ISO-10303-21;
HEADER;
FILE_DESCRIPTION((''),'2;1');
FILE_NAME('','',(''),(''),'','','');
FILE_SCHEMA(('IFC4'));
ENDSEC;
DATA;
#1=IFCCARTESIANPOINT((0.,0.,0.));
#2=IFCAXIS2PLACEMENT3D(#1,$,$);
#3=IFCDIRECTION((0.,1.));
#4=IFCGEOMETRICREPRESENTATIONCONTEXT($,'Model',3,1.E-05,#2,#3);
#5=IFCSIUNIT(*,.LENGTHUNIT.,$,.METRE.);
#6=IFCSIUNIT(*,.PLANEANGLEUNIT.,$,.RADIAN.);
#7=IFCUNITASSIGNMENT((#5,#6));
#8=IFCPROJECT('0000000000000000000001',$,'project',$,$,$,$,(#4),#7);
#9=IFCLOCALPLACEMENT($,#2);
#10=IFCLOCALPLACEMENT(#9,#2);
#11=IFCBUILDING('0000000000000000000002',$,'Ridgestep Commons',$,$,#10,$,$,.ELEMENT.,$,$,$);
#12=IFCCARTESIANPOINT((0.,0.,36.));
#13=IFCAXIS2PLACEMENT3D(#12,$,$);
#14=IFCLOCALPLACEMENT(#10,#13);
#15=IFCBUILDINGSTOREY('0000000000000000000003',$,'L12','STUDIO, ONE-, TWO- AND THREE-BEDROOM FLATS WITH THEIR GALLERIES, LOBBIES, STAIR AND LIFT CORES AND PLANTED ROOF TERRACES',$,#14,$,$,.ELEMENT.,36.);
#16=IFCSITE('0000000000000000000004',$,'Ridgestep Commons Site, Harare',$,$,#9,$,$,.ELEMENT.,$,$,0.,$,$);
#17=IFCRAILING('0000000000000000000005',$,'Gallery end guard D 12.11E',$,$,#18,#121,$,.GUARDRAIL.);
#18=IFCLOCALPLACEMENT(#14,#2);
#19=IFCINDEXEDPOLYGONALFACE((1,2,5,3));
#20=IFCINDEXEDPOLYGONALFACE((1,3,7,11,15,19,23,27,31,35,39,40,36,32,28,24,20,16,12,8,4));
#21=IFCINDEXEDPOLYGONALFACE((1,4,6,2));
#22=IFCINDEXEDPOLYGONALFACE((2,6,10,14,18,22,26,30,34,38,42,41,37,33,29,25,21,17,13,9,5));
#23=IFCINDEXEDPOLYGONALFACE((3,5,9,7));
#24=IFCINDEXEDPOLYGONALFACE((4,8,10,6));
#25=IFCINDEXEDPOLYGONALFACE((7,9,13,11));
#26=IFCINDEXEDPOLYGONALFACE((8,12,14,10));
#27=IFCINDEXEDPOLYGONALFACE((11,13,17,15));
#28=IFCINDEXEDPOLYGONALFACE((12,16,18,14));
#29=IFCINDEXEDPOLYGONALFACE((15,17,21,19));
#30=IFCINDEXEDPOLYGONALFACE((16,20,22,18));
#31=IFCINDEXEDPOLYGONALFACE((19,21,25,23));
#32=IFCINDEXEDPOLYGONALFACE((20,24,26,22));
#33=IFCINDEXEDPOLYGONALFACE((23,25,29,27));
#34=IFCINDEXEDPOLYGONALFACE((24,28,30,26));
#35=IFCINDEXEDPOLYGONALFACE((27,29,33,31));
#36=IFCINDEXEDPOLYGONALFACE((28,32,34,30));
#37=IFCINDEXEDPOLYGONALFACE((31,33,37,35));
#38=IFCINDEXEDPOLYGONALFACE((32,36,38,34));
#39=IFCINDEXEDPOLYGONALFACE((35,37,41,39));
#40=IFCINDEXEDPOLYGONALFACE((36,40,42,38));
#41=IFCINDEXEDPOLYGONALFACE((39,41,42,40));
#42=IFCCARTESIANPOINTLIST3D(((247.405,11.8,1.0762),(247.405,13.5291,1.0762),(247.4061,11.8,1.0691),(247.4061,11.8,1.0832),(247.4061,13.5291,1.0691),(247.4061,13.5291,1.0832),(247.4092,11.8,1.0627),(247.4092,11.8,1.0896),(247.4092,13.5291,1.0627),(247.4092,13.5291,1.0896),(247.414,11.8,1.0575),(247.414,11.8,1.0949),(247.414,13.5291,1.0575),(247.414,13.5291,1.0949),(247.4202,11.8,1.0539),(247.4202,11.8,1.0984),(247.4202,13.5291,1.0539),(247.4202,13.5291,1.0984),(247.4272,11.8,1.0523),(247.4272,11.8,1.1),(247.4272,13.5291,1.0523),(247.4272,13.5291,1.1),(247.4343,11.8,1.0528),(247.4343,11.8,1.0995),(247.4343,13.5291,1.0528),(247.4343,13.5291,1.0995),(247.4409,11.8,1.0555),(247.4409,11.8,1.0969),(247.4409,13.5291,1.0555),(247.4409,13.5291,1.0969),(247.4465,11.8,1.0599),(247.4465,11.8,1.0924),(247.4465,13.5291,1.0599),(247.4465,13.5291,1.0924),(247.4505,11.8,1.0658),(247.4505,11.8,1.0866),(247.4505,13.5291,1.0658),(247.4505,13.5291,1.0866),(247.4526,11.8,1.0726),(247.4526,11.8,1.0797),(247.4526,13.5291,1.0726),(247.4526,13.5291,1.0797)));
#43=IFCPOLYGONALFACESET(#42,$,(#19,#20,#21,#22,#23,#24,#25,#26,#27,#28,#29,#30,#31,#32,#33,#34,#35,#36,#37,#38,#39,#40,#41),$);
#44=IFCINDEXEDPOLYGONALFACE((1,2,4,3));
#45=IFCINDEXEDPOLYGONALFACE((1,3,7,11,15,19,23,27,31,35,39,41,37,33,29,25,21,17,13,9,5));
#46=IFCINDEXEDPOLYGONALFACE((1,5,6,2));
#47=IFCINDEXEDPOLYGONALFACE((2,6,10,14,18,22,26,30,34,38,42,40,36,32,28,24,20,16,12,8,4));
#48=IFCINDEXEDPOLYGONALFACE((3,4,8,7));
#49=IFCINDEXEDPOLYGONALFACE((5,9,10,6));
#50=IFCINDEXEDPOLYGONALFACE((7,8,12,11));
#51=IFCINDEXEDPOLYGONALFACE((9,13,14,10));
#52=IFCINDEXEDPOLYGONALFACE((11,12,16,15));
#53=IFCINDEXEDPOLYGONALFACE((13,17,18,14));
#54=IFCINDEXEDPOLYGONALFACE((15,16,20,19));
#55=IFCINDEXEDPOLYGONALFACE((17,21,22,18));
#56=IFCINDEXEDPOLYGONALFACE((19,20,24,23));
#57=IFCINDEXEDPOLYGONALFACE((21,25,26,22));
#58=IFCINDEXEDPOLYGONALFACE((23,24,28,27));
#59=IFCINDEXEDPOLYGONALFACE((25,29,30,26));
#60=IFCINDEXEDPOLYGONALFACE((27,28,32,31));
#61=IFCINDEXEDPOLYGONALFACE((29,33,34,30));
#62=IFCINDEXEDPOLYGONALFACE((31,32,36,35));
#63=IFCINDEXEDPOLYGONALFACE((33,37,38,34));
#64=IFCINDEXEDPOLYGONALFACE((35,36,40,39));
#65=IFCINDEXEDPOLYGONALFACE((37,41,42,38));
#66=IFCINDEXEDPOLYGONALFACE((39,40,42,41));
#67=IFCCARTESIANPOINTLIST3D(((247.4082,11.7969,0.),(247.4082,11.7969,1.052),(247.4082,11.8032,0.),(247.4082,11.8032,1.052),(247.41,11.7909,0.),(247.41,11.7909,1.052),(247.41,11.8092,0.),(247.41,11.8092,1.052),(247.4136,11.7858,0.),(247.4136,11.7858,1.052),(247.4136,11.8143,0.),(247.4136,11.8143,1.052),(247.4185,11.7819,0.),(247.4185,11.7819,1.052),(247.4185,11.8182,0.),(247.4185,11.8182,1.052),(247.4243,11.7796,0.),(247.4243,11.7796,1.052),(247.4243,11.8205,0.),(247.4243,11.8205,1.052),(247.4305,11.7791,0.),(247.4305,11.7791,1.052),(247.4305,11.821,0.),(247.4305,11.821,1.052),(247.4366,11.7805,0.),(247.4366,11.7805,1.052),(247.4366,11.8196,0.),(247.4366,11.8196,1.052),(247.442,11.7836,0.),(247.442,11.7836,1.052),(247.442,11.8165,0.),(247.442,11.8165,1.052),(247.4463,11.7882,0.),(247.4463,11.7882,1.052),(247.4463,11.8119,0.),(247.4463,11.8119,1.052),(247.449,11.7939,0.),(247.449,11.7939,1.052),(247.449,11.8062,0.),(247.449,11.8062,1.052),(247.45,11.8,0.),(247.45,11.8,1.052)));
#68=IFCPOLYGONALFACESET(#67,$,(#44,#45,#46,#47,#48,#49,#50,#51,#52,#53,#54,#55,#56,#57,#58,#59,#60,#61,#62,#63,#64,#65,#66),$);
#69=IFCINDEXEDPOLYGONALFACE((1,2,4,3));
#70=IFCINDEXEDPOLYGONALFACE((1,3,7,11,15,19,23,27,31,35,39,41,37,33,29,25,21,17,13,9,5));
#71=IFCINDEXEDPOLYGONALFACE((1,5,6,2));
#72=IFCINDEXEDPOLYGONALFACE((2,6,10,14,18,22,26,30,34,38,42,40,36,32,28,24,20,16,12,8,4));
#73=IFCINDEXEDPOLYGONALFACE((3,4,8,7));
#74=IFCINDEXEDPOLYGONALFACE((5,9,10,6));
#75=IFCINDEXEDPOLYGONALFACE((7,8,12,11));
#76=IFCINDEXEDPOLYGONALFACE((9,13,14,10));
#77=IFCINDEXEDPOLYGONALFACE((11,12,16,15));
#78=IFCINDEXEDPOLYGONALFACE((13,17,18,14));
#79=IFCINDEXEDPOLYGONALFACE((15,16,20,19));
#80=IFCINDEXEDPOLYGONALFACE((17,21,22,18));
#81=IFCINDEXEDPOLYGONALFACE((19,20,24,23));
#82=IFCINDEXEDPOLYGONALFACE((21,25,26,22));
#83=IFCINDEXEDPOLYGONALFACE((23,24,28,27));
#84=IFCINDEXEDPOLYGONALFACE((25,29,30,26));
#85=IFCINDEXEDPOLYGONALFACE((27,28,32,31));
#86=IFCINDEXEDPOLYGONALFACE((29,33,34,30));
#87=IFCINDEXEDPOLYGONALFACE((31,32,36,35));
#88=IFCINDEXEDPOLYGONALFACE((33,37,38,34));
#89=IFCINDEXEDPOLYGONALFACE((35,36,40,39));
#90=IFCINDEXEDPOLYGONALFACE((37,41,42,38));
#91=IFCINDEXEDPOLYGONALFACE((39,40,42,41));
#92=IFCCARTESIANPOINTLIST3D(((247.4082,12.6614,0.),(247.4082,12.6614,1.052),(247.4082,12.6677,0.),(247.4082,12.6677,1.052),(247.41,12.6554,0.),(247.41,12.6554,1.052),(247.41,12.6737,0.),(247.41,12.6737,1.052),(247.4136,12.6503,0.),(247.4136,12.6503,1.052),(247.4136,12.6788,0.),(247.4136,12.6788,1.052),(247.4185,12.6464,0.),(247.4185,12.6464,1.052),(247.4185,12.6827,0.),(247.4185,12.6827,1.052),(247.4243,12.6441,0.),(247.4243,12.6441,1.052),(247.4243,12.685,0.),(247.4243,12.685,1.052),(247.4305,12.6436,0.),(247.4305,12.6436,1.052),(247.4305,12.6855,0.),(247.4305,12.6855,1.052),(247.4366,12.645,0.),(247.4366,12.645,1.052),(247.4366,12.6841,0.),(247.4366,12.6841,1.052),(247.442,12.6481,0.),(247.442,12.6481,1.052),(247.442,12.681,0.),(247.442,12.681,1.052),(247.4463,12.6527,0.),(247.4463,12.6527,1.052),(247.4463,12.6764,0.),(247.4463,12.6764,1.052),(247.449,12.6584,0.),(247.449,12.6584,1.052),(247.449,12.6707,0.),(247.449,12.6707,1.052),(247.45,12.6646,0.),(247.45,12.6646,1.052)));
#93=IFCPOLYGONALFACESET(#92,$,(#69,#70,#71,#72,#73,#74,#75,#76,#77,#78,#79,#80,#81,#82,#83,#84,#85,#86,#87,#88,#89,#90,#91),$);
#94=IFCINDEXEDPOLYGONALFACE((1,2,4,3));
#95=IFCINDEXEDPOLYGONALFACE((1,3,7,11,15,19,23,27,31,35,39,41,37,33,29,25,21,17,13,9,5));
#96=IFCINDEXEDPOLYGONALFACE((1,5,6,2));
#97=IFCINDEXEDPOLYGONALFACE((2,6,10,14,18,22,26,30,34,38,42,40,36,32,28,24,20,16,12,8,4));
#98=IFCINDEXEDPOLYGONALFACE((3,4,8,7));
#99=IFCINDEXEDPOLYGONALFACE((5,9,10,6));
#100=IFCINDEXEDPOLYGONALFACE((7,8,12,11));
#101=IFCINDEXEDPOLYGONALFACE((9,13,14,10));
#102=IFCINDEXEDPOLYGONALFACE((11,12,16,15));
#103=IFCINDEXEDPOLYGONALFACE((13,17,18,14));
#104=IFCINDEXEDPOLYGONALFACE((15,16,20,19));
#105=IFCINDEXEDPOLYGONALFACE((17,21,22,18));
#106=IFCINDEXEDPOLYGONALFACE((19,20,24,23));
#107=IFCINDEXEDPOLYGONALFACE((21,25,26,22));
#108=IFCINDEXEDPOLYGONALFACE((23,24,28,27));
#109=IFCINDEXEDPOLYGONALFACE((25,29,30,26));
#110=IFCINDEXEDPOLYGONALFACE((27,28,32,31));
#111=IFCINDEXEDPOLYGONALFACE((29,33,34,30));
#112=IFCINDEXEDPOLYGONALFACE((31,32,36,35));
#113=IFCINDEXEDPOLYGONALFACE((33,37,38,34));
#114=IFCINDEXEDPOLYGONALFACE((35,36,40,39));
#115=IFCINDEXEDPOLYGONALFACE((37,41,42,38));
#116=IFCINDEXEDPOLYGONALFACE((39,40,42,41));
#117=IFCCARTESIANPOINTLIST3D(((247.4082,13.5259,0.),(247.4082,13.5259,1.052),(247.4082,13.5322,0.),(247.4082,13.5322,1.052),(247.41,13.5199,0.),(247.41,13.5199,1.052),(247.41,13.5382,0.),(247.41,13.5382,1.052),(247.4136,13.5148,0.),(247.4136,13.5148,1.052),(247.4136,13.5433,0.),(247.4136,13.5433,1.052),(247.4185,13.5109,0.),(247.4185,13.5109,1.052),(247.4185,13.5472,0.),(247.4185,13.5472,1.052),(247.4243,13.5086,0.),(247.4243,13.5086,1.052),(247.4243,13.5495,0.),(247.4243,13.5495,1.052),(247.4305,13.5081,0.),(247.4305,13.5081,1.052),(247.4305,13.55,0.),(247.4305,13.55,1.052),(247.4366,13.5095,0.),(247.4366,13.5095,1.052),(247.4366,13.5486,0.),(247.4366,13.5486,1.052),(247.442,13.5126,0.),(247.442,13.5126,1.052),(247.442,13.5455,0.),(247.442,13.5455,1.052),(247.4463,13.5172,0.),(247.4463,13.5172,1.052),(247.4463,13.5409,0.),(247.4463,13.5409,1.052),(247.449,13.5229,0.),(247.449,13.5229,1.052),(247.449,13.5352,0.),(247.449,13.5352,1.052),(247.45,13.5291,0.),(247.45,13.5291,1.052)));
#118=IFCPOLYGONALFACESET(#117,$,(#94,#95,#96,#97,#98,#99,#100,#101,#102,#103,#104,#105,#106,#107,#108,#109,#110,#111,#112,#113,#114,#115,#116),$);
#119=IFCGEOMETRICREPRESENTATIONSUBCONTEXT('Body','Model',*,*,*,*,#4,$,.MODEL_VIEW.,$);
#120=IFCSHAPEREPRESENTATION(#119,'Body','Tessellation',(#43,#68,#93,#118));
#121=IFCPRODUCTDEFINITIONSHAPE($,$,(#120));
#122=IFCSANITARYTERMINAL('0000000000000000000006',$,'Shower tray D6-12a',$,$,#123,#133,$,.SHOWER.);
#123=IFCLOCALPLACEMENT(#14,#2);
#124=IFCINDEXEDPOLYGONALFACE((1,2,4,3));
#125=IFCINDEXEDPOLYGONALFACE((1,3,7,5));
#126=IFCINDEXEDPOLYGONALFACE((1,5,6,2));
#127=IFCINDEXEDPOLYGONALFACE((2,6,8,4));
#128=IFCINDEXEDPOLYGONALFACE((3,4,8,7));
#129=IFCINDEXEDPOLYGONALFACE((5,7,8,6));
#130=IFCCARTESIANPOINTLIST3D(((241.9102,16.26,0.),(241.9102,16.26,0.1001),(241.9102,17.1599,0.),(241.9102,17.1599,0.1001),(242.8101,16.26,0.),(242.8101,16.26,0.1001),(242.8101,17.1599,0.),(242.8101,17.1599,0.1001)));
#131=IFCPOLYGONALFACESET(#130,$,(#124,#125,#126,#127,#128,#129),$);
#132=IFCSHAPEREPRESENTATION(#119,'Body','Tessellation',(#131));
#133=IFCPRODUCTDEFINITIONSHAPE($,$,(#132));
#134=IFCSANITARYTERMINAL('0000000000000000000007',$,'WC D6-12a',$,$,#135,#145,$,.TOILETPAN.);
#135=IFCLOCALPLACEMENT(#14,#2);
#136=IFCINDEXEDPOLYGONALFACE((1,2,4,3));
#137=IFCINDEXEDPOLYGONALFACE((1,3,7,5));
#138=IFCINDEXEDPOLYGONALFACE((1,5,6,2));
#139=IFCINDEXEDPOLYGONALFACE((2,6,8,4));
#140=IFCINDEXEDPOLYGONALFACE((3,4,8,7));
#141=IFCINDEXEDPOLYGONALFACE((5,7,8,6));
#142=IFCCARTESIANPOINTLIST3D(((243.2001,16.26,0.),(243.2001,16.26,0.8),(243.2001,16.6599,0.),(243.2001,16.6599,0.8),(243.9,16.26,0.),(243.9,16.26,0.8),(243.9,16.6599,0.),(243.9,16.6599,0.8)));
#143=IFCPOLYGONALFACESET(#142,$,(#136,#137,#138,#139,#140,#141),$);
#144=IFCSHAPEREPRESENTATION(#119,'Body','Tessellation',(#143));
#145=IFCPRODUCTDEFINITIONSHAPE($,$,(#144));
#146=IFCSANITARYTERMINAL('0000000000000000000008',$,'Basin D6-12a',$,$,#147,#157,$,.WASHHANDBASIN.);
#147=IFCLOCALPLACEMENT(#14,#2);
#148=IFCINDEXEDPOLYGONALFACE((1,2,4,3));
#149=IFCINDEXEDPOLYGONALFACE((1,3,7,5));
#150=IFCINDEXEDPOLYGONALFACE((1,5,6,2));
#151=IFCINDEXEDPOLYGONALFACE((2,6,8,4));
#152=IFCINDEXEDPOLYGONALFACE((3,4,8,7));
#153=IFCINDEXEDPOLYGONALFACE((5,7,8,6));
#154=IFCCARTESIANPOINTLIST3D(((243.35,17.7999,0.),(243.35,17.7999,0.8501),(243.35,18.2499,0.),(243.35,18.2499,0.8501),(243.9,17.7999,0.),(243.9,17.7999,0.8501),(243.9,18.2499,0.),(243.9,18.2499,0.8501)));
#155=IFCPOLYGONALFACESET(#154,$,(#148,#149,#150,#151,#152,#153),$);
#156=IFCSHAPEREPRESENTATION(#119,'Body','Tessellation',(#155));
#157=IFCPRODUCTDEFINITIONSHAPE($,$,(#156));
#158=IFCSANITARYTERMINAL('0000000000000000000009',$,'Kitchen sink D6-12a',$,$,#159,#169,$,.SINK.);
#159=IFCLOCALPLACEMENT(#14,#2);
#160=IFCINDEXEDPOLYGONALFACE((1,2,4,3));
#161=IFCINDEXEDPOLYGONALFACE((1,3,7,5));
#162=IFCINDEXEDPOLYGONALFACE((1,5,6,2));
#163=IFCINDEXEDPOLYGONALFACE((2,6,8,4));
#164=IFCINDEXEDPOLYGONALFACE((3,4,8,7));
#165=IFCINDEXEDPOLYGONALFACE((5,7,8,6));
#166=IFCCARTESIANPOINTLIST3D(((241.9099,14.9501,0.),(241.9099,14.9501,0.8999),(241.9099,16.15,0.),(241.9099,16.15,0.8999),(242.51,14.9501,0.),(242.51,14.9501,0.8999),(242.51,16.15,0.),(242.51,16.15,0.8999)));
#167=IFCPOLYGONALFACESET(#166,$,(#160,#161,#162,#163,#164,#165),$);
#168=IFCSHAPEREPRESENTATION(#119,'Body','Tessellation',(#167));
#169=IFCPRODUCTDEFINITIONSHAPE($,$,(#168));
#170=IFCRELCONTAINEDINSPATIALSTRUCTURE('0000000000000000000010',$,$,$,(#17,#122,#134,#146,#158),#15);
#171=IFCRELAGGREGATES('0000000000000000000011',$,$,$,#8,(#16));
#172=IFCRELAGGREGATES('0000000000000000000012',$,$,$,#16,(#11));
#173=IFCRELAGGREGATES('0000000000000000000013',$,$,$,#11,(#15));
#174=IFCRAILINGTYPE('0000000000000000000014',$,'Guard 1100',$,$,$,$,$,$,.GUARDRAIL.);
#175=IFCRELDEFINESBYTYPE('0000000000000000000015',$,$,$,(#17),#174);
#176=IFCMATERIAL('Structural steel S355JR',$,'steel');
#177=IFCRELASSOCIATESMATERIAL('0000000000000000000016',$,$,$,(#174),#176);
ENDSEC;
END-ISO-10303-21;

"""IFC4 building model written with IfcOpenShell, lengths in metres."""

from ifc_helpers import new_model, si_unit, direction, frame, origin, origin_2d, place, context, subcontext, project, spatial, rectangle, circle, extrude, material, type_object, element, save


model = new_model("IFC4")

# Units and contexts
model_context = context("Model", 3, precision=1e-05, world=origin(), true_north=direction((0.0, 1.0)))
body_context = subcontext(model_context, "Body", "Model", "MODEL_VIEW")
ifc_project = project(units=[si_unit("LENGTHUNIT", "METRE"), si_unit("PLANEANGLEUNIT", "RADIAN")], contexts=[model_context])

# Site, building, storey
site_placement = place(None, origin())
site = spatial("IfcSite", under=ifc_project, at=site_placement, Name="Ridgestep Commons Site, Harare", CompositionType="ELEMENT", RefElevation=0.0)
building_placement = place(site_placement, origin())
building = spatial("IfcBuilding", under=site, at=building_placement, Name="Ridgestep Commons", CompositionType="ELEMENT")
storey_placement = place(building_placement, frame((0.0, 0.0, 36.0)))
storey = spatial("IfcBuildingStorey", under=building, at=storey_placement, Name="L12", Description="STUDIO, ONE-, TWO- AND THREE-BEDROOM FLATS WITH THEIR GALLERIES, LOBBIES, STAIR AND LIFT CORES AND PLANTED ROOF TERRACES", CompositionType="ELEMENT", Elevation=36.0)

# Railing
ifc_material_1 = material(Name="Structural steel S355JR", Category="steel")
railing_type = type_object("IfcRailingType", Name="Guard 1100", PredefinedType="GUARDRAIL", material=ifc_material_1)
railing_1_placement = place(storey_placement, frame((247.429, 11.8, 0.0)))
element("IfcRailing", 1, at=railing_1_placement, inside=storey, type_object=railing_type, Name="Gallery end guard D 12.11E", PredefinedType="GUARDRAIL", context=body_context, shape_type="SweptSolid", body=[
    extrude(circle(Radius=0.0239, at=origin_2d()), frame((0.0, 0.0, 1.0762), z_axis=(0.0, 1.0, 0.0), x_axis=(-1.0, 0.0, 0.0)), (0.0, 0.0, 1.0), 1.729),
    extrude(circle(Radius=0.021, at=origin_2d()), origin(), (0.0, 0.0, 1.0), 1.052),
    extrude(circle(Radius=0.021, at=origin_2d()), frame((0.0, 0.8645, 0.0)), (0.0, 0.0, 1.0), 1.052),
    extrude(circle(Radius=0.021, at=origin_2d()), frame((0.0, 1.729, 0.0)), (0.0, 0.0, 1.0), 1.052),
])

# Sanitary terminals
sanitary_terminal_1_placement = place(storey_placement, frame((242.3601, 16.71, 0.0), z_axis=(0.0, 0.0, 1.0), x_axis=(1.0, 0.0, 0.0)))
element("IfcSanitaryTerminal", 2, at=sanitary_terminal_1_placement, inside=storey, Name="Shower tray D6-12a", PredefinedType="SHOWER", context=body_context, shape_type="SweptSolid", body=[
    extrude(rectangle(XDim=0.8999, YDim=0.8999, at=origin_2d()), origin(), (0.0, 0.0, 1.0), 0.1001),
])
sanitary_terminal_2_placement = place(storey_placement, frame((243.55, 16.46, 0.0), z_axis=(0.0, 0.0, 1.0), x_axis=(1.0, 0.0, 0.0)))
element("IfcSanitaryTerminal", 3, at=sanitary_terminal_2_placement, inside=storey, Name="WC D6-12a", PredefinedType="TOILETPAN", context=body_context, shape_type="SweptSolid", body=[
    extrude(rectangle(XDim=0.7, YDim=0.3999, at=origin_2d()), origin(), (0.0, 0.0, 1.0), 0.8),
])
sanitary_terminal_3_placement = place(storey_placement, frame((243.625, 18.0249, 0.0), z_axis=(0.0, 0.0, 1.0), x_axis=(1.0, 0.0, 0.0)))
element("IfcSanitaryTerminal", 4, at=sanitary_terminal_3_placement, inside=storey, Name="Basin D6-12a", PredefinedType="WASHHANDBASIN", context=body_context, shape_type="SweptSolid", body=[
    extrude(rectangle(XDim=0.55, YDim=0.45, at=origin_2d()), origin(), (0.0, 0.0, 1.0), 0.8501),
])
sanitary_terminal_4_placement = place(storey_placement, frame((242.21, 15.55, 0.0), z_axis=(0.0, 0.0, 1.0), x_axis=(1.0, 0.0, 0.0)))
element("IfcSanitaryTerminal", 5, at=sanitary_terminal_4_placement, inside=storey, Name="Kitchen sink D6-12a", PredefinedType="SINK", context=body_context, shape_type="SweptSolid", body=[
    extrude(rectangle(XDim=0.6001, YDim=1.2, at=origin_2d()), origin(), (0.0, 0.0, 1.0), 0.8999),
])

save(model, "model.ifc")
